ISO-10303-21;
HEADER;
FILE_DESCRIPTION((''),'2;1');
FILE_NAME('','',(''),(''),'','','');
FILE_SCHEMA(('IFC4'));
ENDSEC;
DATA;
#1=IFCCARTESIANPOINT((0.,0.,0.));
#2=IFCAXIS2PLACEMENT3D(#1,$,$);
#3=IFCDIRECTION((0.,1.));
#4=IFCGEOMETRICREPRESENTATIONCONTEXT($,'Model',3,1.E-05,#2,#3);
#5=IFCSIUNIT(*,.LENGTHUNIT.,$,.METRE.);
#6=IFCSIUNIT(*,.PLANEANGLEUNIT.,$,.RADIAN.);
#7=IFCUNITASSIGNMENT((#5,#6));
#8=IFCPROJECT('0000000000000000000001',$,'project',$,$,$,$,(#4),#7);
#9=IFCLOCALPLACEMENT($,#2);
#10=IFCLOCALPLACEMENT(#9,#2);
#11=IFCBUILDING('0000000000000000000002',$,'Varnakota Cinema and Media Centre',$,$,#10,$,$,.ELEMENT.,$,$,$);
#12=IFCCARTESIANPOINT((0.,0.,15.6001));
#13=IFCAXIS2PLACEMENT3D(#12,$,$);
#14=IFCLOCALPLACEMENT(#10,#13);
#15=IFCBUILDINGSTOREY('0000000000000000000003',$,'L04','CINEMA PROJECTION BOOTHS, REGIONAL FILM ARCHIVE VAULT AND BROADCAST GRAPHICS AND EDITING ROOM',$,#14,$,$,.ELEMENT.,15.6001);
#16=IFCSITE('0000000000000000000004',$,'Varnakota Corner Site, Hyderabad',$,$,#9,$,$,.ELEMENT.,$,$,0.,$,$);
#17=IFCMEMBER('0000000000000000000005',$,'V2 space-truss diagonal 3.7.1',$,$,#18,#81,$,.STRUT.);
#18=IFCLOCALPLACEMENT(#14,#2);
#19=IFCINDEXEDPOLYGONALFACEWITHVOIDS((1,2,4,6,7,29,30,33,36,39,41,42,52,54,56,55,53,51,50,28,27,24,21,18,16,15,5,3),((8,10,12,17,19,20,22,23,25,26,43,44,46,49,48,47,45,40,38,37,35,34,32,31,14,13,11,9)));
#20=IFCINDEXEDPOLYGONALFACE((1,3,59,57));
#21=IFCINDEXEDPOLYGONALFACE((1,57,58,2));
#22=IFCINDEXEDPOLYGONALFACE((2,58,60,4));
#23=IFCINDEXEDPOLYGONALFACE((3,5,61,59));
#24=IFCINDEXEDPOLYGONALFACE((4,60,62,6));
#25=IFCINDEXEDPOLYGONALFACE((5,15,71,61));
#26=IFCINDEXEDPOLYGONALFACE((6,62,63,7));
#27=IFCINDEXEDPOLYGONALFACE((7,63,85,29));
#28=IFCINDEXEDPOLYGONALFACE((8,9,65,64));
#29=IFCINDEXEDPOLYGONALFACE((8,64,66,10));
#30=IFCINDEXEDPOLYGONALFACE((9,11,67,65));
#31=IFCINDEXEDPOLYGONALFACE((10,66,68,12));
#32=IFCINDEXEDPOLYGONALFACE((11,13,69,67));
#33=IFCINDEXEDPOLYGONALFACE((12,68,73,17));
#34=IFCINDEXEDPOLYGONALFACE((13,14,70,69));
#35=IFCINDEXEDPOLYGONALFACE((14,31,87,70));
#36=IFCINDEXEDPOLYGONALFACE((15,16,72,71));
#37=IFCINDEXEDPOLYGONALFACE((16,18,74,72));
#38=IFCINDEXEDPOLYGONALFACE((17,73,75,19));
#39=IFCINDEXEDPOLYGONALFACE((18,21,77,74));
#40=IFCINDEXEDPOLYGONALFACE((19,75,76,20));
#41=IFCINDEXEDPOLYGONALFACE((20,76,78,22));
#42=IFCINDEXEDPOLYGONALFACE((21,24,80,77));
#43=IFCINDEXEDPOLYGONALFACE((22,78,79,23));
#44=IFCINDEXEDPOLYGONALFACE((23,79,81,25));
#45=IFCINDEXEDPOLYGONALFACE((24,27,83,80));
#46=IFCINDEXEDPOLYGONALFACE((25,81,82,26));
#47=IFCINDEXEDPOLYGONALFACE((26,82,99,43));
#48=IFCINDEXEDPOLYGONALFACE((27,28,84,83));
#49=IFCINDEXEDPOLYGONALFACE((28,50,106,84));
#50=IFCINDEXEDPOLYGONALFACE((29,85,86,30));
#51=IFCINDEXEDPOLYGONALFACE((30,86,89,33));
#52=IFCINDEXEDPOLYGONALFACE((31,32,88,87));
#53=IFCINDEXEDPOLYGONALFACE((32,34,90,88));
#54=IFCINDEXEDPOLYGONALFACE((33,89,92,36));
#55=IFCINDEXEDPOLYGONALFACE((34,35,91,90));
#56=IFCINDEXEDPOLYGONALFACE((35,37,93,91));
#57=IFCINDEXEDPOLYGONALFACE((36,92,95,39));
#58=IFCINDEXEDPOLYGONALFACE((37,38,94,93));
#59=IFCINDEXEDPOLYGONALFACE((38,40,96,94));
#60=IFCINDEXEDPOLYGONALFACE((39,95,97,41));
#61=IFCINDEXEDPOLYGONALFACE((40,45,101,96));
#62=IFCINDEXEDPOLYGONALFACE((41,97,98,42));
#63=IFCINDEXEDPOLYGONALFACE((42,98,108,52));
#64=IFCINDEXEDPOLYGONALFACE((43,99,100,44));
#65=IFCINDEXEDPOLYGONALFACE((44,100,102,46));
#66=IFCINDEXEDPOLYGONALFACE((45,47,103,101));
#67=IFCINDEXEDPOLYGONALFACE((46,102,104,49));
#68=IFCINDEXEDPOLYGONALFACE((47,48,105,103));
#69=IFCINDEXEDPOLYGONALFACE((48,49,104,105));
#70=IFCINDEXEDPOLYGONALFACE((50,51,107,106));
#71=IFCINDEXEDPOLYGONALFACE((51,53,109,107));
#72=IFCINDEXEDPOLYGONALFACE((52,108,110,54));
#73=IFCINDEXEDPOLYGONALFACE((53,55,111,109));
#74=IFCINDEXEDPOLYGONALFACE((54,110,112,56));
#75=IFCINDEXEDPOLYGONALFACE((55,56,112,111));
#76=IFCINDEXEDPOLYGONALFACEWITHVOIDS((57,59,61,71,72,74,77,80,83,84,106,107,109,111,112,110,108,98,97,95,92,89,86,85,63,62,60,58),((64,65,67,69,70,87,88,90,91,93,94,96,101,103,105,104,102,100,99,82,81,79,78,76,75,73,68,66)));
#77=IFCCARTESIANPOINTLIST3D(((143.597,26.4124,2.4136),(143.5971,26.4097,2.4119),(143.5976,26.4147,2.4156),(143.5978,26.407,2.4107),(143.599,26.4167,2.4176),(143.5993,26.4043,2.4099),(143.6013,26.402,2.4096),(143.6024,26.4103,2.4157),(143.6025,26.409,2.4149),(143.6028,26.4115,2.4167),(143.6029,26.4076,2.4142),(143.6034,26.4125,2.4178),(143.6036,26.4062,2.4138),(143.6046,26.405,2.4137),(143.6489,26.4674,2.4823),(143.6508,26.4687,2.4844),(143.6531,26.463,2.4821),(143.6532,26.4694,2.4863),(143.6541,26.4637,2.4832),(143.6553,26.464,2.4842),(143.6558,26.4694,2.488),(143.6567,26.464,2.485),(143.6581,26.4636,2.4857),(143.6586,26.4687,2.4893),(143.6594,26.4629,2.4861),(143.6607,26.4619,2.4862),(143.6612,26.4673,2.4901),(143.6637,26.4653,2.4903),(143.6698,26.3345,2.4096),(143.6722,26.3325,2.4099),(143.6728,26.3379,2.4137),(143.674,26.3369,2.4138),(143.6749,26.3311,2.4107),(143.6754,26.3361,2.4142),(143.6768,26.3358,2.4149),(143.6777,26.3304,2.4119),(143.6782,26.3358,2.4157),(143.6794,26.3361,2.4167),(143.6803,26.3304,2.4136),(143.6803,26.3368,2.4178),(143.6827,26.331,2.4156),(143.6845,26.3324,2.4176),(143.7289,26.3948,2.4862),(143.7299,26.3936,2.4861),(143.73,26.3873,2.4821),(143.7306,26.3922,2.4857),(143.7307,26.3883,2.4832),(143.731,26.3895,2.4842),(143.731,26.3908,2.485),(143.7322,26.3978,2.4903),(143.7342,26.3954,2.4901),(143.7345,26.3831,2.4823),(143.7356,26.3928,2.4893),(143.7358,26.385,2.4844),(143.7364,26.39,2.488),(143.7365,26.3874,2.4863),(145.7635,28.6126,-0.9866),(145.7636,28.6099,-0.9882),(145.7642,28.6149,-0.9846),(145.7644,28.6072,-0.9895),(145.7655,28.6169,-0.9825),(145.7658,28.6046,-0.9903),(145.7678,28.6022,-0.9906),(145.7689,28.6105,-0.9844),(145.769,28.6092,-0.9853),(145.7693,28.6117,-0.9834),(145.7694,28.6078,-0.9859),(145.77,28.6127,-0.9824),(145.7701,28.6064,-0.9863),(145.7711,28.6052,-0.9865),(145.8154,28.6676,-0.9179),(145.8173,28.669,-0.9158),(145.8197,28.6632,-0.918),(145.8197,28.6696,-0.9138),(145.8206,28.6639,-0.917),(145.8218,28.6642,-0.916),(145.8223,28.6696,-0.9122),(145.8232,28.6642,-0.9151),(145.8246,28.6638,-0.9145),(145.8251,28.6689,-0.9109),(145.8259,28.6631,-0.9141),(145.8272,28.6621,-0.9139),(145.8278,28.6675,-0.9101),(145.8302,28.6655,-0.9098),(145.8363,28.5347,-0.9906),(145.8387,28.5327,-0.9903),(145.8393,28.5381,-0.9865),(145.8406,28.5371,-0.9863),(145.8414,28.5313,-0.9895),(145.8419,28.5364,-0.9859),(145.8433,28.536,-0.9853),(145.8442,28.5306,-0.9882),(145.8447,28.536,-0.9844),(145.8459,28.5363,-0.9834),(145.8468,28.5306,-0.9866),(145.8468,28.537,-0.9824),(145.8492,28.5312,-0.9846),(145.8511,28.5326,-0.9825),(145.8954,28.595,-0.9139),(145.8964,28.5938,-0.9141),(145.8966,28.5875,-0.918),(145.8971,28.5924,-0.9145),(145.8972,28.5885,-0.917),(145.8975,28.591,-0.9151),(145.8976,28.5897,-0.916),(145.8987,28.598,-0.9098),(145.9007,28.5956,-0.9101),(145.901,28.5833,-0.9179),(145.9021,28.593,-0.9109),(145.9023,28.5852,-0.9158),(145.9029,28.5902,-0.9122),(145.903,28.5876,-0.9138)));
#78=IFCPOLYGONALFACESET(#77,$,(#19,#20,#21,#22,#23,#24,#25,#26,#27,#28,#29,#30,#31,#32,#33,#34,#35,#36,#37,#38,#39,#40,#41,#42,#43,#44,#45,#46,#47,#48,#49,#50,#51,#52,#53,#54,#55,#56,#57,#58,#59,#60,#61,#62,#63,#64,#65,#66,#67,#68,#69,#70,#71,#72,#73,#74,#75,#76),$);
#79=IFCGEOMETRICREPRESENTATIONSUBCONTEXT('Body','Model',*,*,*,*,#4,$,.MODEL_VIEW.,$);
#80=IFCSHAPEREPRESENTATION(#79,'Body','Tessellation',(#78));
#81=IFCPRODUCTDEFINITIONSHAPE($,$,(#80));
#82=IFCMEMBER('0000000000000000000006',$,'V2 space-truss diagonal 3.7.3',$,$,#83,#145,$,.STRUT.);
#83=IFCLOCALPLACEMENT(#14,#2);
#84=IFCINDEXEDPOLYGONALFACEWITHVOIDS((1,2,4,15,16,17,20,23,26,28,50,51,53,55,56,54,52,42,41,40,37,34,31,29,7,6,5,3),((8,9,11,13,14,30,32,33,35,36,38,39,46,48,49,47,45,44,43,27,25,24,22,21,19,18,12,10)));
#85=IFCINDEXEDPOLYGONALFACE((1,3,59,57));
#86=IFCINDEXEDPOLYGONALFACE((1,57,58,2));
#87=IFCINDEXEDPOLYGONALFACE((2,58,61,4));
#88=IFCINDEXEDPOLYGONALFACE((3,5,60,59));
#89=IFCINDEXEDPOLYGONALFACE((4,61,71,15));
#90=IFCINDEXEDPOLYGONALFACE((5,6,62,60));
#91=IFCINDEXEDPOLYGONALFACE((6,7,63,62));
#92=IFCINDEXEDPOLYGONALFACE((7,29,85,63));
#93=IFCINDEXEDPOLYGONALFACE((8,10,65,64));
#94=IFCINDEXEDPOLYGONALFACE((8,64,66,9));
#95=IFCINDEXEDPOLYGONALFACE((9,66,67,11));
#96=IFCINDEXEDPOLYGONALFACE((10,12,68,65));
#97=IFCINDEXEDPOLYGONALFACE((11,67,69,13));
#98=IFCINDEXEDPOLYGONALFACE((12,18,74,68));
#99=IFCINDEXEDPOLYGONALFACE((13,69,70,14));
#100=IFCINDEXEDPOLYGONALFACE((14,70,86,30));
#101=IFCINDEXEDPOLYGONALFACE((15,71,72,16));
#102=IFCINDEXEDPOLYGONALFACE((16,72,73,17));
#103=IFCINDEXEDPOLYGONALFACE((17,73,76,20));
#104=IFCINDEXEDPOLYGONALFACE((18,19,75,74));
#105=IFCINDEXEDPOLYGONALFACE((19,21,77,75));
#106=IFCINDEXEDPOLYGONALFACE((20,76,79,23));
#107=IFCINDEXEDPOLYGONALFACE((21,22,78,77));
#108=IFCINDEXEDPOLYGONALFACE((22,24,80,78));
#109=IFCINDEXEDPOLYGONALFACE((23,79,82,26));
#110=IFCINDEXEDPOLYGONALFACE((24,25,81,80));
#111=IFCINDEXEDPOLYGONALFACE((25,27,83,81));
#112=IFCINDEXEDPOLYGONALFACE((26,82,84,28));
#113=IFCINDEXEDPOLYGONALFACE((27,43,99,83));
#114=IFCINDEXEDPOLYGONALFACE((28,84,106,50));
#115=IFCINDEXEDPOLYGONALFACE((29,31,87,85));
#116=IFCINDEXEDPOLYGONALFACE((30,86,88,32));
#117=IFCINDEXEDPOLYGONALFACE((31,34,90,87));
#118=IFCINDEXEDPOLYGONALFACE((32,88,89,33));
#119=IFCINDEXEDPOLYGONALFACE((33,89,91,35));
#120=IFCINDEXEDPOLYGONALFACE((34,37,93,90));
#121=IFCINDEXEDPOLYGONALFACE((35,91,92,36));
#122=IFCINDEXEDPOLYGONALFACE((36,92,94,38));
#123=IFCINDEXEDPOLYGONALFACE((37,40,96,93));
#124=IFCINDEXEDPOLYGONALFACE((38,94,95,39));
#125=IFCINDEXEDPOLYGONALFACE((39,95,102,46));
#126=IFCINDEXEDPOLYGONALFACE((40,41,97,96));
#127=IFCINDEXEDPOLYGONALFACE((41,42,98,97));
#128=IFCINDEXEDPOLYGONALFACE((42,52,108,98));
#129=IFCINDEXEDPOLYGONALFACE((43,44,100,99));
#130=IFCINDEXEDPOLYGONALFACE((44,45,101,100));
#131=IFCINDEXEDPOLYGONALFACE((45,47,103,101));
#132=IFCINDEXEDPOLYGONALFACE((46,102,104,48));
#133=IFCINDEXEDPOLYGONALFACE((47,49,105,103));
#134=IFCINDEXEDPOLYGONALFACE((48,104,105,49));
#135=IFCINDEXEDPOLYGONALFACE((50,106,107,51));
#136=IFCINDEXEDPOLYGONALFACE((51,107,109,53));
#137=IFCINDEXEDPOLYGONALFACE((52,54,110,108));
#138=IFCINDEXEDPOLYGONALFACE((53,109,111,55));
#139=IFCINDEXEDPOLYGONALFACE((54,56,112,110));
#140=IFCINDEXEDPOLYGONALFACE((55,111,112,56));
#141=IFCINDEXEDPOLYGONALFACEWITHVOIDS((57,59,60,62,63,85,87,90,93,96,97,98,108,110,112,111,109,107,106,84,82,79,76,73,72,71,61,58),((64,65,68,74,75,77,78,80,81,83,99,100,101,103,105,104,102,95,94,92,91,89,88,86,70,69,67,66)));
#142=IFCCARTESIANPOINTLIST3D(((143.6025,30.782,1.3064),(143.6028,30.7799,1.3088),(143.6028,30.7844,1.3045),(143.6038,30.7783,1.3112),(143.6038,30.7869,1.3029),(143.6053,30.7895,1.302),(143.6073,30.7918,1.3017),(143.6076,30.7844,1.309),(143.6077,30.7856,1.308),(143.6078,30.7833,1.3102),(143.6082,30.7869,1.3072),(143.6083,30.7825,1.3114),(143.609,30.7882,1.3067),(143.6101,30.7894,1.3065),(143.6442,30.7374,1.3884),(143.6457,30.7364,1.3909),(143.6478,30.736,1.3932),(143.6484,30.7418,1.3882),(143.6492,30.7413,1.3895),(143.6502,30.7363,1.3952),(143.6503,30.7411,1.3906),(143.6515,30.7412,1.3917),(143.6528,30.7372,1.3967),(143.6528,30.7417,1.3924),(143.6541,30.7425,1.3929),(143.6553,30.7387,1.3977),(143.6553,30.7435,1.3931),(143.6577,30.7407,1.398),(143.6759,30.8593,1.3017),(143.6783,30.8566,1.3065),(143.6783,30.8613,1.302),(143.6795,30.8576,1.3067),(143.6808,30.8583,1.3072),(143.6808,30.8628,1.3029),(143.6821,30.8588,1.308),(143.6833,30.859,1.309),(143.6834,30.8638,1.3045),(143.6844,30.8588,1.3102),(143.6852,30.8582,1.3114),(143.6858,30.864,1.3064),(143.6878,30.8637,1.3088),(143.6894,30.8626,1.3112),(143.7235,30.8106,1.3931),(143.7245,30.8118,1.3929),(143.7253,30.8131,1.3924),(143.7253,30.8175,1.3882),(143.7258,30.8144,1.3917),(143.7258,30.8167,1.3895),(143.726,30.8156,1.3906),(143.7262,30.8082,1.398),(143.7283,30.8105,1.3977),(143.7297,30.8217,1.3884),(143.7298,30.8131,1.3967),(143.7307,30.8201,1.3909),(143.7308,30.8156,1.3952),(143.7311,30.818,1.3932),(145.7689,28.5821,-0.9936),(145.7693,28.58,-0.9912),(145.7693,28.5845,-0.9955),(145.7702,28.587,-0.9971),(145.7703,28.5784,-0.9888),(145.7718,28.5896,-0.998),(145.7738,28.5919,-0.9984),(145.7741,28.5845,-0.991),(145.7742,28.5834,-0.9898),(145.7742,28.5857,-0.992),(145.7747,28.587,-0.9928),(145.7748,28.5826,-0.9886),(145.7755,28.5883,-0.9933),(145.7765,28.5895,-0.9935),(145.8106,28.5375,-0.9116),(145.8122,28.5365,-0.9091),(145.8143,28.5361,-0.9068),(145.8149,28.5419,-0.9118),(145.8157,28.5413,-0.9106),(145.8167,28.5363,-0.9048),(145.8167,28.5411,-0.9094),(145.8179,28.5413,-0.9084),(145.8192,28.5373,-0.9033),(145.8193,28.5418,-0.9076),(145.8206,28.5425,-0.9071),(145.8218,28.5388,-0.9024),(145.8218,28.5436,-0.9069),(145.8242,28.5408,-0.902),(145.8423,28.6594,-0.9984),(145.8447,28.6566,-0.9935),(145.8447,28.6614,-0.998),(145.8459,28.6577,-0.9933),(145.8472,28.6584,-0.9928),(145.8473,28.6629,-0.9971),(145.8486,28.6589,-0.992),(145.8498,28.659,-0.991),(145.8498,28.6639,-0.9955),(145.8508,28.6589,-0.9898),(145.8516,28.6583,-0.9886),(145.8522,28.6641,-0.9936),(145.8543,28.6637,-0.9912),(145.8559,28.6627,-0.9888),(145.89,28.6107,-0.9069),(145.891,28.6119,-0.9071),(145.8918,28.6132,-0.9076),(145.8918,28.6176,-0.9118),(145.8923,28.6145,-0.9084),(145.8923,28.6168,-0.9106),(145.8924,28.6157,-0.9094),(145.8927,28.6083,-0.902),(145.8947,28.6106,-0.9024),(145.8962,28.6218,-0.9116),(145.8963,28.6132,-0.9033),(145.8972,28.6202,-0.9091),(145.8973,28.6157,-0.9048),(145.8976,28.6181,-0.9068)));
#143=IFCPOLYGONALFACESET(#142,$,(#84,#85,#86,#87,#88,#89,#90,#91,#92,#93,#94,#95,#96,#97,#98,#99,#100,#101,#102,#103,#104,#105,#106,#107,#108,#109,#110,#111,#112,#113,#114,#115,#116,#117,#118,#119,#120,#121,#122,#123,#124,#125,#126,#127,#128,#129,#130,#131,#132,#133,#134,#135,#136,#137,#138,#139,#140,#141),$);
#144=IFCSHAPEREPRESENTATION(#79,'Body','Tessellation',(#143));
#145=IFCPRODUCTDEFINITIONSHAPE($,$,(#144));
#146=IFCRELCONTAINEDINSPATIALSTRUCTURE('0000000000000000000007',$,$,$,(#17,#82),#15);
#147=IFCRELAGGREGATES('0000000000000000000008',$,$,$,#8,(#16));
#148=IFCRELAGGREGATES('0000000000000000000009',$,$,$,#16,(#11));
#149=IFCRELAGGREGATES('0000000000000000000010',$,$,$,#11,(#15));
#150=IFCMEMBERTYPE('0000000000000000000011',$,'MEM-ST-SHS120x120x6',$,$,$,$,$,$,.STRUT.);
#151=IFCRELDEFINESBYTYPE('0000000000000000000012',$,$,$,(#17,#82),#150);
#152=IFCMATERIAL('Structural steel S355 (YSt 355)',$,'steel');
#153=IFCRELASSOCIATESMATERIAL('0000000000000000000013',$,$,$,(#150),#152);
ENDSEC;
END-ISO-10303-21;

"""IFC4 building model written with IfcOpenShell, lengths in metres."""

from ifc_helpers import new_model, si_unit, direction, frame, origin, origin_2d, place, context, subcontext, project, spatial, hollow_rectangle, extrude, material, material_profile, profile_set, type_object, element, save


model = new_model("IFC4")

# Units and contexts
model_context = context("Model", 3, precision=1e-05, world=origin(), true_north=direction((0.0, 1.0)))
body_context = subcontext(model_context, "Body", "Model", "MODEL_VIEW")
ifc_project = project(units=[si_unit("LENGTHUNIT", "METRE"), si_unit("PLANEANGLEUNIT", "RADIAN")], contexts=[model_context])

# Site, building, storey
site_placement = place(None, origin())
site = spatial("IfcSite", under=ifc_project, at=site_placement, Name="Varnakota Corner Site, Hyderabad", CompositionType="ELEMENT", RefElevation=0.0)
building_placement = place(site_placement, origin())
building = spatial("IfcBuilding", under=site, at=building_placement, Name="Varnakota Cinema and Media Centre", CompositionType="ELEMENT")
storey_placement = place(building_placement, frame((0.0, 0.0, 15.6001)))
storey = spatial("IfcBuildingStorey", under=building, at=storey_placement, Name="L04", Description="CINEMA PROJECTION BOOTHS, REGIONAL FILM ARCHIVE VAULT AND BROADCAST GRAPHICS AND EDITING ROOM", CompositionType="ELEMENT", Elevation=15.6001)

# Members
ifc_material_1 = material(Name="Structural steel S355 (YSt 355)", Category="steel")
ifc_material_profile_1 = material_profile(ifc_material_1, hollow_rectangle(XDim=0.1201, YDim=0.1201, WallThickness=0.0061, InnerFilletRadius=0.0061, OuterFilletRadius=0.012, at=origin_2d()), Name="SHS 120x120x6")
ifc_profile_set_1 = profile_set([ifc_material_profile_1], Name="Structural steel S355 (YSt 355)")
member_type_1 = type_object("IfcMemberType", Name="MEM-ST-SHS120x120x6", PredefinedType="STRUT", material=ifc_profile_set_1)
member_1_placement = place(storey_placement, frame((145.8333, 28.6001, -0.9502), z_axis=(-0.471698, -0.479033, 0.74029), x_axis=(0.712541, -0.70163, 0.0)))
element("IfcMember", 1, at=member_1_placement, inside=storey, type_object=member_type_1, Name="V2 space-truss diagonal 3.7.1", PredefinedType="STRUT", context=body_context, shape_type="SweptSolid", body=[
    extrude(hollow_rectangle(XDim=0.1201, YDim=0.1201, WallThickness=0.0061, InnerFilletRadius=0.0061, OuterFilletRadius=0.012, at=origin_2d()), origin(), (0.0, 0.0, 1.0), 4.593),
])
member_2_placement = place(storey_placement, frame((145.8333, 28.6001, -0.9502), z_axis=(-0.562705, 0.571392, 0.59739), x_axis=(-0.712502, -0.70167, 0.0)))
element("IfcMember", 2, at=member_2_placement, inside=storey, type_object=member_type_1, Name="V2 space-truss diagonal 3.7.3", PredefinedType="STRUT", context=body_context, shape_type="SweptSolid", body=[
    extrude(hollow_rectangle(XDim=0.1201, YDim=0.1201, WallThickness=0.0061, InnerFilletRadius=0.0061, OuterFilletRadius=0.012, at=origin_2d()), origin(), (0.0, 0.0, 1.0), 3.8501),
])

save(model, "model.ifc")
